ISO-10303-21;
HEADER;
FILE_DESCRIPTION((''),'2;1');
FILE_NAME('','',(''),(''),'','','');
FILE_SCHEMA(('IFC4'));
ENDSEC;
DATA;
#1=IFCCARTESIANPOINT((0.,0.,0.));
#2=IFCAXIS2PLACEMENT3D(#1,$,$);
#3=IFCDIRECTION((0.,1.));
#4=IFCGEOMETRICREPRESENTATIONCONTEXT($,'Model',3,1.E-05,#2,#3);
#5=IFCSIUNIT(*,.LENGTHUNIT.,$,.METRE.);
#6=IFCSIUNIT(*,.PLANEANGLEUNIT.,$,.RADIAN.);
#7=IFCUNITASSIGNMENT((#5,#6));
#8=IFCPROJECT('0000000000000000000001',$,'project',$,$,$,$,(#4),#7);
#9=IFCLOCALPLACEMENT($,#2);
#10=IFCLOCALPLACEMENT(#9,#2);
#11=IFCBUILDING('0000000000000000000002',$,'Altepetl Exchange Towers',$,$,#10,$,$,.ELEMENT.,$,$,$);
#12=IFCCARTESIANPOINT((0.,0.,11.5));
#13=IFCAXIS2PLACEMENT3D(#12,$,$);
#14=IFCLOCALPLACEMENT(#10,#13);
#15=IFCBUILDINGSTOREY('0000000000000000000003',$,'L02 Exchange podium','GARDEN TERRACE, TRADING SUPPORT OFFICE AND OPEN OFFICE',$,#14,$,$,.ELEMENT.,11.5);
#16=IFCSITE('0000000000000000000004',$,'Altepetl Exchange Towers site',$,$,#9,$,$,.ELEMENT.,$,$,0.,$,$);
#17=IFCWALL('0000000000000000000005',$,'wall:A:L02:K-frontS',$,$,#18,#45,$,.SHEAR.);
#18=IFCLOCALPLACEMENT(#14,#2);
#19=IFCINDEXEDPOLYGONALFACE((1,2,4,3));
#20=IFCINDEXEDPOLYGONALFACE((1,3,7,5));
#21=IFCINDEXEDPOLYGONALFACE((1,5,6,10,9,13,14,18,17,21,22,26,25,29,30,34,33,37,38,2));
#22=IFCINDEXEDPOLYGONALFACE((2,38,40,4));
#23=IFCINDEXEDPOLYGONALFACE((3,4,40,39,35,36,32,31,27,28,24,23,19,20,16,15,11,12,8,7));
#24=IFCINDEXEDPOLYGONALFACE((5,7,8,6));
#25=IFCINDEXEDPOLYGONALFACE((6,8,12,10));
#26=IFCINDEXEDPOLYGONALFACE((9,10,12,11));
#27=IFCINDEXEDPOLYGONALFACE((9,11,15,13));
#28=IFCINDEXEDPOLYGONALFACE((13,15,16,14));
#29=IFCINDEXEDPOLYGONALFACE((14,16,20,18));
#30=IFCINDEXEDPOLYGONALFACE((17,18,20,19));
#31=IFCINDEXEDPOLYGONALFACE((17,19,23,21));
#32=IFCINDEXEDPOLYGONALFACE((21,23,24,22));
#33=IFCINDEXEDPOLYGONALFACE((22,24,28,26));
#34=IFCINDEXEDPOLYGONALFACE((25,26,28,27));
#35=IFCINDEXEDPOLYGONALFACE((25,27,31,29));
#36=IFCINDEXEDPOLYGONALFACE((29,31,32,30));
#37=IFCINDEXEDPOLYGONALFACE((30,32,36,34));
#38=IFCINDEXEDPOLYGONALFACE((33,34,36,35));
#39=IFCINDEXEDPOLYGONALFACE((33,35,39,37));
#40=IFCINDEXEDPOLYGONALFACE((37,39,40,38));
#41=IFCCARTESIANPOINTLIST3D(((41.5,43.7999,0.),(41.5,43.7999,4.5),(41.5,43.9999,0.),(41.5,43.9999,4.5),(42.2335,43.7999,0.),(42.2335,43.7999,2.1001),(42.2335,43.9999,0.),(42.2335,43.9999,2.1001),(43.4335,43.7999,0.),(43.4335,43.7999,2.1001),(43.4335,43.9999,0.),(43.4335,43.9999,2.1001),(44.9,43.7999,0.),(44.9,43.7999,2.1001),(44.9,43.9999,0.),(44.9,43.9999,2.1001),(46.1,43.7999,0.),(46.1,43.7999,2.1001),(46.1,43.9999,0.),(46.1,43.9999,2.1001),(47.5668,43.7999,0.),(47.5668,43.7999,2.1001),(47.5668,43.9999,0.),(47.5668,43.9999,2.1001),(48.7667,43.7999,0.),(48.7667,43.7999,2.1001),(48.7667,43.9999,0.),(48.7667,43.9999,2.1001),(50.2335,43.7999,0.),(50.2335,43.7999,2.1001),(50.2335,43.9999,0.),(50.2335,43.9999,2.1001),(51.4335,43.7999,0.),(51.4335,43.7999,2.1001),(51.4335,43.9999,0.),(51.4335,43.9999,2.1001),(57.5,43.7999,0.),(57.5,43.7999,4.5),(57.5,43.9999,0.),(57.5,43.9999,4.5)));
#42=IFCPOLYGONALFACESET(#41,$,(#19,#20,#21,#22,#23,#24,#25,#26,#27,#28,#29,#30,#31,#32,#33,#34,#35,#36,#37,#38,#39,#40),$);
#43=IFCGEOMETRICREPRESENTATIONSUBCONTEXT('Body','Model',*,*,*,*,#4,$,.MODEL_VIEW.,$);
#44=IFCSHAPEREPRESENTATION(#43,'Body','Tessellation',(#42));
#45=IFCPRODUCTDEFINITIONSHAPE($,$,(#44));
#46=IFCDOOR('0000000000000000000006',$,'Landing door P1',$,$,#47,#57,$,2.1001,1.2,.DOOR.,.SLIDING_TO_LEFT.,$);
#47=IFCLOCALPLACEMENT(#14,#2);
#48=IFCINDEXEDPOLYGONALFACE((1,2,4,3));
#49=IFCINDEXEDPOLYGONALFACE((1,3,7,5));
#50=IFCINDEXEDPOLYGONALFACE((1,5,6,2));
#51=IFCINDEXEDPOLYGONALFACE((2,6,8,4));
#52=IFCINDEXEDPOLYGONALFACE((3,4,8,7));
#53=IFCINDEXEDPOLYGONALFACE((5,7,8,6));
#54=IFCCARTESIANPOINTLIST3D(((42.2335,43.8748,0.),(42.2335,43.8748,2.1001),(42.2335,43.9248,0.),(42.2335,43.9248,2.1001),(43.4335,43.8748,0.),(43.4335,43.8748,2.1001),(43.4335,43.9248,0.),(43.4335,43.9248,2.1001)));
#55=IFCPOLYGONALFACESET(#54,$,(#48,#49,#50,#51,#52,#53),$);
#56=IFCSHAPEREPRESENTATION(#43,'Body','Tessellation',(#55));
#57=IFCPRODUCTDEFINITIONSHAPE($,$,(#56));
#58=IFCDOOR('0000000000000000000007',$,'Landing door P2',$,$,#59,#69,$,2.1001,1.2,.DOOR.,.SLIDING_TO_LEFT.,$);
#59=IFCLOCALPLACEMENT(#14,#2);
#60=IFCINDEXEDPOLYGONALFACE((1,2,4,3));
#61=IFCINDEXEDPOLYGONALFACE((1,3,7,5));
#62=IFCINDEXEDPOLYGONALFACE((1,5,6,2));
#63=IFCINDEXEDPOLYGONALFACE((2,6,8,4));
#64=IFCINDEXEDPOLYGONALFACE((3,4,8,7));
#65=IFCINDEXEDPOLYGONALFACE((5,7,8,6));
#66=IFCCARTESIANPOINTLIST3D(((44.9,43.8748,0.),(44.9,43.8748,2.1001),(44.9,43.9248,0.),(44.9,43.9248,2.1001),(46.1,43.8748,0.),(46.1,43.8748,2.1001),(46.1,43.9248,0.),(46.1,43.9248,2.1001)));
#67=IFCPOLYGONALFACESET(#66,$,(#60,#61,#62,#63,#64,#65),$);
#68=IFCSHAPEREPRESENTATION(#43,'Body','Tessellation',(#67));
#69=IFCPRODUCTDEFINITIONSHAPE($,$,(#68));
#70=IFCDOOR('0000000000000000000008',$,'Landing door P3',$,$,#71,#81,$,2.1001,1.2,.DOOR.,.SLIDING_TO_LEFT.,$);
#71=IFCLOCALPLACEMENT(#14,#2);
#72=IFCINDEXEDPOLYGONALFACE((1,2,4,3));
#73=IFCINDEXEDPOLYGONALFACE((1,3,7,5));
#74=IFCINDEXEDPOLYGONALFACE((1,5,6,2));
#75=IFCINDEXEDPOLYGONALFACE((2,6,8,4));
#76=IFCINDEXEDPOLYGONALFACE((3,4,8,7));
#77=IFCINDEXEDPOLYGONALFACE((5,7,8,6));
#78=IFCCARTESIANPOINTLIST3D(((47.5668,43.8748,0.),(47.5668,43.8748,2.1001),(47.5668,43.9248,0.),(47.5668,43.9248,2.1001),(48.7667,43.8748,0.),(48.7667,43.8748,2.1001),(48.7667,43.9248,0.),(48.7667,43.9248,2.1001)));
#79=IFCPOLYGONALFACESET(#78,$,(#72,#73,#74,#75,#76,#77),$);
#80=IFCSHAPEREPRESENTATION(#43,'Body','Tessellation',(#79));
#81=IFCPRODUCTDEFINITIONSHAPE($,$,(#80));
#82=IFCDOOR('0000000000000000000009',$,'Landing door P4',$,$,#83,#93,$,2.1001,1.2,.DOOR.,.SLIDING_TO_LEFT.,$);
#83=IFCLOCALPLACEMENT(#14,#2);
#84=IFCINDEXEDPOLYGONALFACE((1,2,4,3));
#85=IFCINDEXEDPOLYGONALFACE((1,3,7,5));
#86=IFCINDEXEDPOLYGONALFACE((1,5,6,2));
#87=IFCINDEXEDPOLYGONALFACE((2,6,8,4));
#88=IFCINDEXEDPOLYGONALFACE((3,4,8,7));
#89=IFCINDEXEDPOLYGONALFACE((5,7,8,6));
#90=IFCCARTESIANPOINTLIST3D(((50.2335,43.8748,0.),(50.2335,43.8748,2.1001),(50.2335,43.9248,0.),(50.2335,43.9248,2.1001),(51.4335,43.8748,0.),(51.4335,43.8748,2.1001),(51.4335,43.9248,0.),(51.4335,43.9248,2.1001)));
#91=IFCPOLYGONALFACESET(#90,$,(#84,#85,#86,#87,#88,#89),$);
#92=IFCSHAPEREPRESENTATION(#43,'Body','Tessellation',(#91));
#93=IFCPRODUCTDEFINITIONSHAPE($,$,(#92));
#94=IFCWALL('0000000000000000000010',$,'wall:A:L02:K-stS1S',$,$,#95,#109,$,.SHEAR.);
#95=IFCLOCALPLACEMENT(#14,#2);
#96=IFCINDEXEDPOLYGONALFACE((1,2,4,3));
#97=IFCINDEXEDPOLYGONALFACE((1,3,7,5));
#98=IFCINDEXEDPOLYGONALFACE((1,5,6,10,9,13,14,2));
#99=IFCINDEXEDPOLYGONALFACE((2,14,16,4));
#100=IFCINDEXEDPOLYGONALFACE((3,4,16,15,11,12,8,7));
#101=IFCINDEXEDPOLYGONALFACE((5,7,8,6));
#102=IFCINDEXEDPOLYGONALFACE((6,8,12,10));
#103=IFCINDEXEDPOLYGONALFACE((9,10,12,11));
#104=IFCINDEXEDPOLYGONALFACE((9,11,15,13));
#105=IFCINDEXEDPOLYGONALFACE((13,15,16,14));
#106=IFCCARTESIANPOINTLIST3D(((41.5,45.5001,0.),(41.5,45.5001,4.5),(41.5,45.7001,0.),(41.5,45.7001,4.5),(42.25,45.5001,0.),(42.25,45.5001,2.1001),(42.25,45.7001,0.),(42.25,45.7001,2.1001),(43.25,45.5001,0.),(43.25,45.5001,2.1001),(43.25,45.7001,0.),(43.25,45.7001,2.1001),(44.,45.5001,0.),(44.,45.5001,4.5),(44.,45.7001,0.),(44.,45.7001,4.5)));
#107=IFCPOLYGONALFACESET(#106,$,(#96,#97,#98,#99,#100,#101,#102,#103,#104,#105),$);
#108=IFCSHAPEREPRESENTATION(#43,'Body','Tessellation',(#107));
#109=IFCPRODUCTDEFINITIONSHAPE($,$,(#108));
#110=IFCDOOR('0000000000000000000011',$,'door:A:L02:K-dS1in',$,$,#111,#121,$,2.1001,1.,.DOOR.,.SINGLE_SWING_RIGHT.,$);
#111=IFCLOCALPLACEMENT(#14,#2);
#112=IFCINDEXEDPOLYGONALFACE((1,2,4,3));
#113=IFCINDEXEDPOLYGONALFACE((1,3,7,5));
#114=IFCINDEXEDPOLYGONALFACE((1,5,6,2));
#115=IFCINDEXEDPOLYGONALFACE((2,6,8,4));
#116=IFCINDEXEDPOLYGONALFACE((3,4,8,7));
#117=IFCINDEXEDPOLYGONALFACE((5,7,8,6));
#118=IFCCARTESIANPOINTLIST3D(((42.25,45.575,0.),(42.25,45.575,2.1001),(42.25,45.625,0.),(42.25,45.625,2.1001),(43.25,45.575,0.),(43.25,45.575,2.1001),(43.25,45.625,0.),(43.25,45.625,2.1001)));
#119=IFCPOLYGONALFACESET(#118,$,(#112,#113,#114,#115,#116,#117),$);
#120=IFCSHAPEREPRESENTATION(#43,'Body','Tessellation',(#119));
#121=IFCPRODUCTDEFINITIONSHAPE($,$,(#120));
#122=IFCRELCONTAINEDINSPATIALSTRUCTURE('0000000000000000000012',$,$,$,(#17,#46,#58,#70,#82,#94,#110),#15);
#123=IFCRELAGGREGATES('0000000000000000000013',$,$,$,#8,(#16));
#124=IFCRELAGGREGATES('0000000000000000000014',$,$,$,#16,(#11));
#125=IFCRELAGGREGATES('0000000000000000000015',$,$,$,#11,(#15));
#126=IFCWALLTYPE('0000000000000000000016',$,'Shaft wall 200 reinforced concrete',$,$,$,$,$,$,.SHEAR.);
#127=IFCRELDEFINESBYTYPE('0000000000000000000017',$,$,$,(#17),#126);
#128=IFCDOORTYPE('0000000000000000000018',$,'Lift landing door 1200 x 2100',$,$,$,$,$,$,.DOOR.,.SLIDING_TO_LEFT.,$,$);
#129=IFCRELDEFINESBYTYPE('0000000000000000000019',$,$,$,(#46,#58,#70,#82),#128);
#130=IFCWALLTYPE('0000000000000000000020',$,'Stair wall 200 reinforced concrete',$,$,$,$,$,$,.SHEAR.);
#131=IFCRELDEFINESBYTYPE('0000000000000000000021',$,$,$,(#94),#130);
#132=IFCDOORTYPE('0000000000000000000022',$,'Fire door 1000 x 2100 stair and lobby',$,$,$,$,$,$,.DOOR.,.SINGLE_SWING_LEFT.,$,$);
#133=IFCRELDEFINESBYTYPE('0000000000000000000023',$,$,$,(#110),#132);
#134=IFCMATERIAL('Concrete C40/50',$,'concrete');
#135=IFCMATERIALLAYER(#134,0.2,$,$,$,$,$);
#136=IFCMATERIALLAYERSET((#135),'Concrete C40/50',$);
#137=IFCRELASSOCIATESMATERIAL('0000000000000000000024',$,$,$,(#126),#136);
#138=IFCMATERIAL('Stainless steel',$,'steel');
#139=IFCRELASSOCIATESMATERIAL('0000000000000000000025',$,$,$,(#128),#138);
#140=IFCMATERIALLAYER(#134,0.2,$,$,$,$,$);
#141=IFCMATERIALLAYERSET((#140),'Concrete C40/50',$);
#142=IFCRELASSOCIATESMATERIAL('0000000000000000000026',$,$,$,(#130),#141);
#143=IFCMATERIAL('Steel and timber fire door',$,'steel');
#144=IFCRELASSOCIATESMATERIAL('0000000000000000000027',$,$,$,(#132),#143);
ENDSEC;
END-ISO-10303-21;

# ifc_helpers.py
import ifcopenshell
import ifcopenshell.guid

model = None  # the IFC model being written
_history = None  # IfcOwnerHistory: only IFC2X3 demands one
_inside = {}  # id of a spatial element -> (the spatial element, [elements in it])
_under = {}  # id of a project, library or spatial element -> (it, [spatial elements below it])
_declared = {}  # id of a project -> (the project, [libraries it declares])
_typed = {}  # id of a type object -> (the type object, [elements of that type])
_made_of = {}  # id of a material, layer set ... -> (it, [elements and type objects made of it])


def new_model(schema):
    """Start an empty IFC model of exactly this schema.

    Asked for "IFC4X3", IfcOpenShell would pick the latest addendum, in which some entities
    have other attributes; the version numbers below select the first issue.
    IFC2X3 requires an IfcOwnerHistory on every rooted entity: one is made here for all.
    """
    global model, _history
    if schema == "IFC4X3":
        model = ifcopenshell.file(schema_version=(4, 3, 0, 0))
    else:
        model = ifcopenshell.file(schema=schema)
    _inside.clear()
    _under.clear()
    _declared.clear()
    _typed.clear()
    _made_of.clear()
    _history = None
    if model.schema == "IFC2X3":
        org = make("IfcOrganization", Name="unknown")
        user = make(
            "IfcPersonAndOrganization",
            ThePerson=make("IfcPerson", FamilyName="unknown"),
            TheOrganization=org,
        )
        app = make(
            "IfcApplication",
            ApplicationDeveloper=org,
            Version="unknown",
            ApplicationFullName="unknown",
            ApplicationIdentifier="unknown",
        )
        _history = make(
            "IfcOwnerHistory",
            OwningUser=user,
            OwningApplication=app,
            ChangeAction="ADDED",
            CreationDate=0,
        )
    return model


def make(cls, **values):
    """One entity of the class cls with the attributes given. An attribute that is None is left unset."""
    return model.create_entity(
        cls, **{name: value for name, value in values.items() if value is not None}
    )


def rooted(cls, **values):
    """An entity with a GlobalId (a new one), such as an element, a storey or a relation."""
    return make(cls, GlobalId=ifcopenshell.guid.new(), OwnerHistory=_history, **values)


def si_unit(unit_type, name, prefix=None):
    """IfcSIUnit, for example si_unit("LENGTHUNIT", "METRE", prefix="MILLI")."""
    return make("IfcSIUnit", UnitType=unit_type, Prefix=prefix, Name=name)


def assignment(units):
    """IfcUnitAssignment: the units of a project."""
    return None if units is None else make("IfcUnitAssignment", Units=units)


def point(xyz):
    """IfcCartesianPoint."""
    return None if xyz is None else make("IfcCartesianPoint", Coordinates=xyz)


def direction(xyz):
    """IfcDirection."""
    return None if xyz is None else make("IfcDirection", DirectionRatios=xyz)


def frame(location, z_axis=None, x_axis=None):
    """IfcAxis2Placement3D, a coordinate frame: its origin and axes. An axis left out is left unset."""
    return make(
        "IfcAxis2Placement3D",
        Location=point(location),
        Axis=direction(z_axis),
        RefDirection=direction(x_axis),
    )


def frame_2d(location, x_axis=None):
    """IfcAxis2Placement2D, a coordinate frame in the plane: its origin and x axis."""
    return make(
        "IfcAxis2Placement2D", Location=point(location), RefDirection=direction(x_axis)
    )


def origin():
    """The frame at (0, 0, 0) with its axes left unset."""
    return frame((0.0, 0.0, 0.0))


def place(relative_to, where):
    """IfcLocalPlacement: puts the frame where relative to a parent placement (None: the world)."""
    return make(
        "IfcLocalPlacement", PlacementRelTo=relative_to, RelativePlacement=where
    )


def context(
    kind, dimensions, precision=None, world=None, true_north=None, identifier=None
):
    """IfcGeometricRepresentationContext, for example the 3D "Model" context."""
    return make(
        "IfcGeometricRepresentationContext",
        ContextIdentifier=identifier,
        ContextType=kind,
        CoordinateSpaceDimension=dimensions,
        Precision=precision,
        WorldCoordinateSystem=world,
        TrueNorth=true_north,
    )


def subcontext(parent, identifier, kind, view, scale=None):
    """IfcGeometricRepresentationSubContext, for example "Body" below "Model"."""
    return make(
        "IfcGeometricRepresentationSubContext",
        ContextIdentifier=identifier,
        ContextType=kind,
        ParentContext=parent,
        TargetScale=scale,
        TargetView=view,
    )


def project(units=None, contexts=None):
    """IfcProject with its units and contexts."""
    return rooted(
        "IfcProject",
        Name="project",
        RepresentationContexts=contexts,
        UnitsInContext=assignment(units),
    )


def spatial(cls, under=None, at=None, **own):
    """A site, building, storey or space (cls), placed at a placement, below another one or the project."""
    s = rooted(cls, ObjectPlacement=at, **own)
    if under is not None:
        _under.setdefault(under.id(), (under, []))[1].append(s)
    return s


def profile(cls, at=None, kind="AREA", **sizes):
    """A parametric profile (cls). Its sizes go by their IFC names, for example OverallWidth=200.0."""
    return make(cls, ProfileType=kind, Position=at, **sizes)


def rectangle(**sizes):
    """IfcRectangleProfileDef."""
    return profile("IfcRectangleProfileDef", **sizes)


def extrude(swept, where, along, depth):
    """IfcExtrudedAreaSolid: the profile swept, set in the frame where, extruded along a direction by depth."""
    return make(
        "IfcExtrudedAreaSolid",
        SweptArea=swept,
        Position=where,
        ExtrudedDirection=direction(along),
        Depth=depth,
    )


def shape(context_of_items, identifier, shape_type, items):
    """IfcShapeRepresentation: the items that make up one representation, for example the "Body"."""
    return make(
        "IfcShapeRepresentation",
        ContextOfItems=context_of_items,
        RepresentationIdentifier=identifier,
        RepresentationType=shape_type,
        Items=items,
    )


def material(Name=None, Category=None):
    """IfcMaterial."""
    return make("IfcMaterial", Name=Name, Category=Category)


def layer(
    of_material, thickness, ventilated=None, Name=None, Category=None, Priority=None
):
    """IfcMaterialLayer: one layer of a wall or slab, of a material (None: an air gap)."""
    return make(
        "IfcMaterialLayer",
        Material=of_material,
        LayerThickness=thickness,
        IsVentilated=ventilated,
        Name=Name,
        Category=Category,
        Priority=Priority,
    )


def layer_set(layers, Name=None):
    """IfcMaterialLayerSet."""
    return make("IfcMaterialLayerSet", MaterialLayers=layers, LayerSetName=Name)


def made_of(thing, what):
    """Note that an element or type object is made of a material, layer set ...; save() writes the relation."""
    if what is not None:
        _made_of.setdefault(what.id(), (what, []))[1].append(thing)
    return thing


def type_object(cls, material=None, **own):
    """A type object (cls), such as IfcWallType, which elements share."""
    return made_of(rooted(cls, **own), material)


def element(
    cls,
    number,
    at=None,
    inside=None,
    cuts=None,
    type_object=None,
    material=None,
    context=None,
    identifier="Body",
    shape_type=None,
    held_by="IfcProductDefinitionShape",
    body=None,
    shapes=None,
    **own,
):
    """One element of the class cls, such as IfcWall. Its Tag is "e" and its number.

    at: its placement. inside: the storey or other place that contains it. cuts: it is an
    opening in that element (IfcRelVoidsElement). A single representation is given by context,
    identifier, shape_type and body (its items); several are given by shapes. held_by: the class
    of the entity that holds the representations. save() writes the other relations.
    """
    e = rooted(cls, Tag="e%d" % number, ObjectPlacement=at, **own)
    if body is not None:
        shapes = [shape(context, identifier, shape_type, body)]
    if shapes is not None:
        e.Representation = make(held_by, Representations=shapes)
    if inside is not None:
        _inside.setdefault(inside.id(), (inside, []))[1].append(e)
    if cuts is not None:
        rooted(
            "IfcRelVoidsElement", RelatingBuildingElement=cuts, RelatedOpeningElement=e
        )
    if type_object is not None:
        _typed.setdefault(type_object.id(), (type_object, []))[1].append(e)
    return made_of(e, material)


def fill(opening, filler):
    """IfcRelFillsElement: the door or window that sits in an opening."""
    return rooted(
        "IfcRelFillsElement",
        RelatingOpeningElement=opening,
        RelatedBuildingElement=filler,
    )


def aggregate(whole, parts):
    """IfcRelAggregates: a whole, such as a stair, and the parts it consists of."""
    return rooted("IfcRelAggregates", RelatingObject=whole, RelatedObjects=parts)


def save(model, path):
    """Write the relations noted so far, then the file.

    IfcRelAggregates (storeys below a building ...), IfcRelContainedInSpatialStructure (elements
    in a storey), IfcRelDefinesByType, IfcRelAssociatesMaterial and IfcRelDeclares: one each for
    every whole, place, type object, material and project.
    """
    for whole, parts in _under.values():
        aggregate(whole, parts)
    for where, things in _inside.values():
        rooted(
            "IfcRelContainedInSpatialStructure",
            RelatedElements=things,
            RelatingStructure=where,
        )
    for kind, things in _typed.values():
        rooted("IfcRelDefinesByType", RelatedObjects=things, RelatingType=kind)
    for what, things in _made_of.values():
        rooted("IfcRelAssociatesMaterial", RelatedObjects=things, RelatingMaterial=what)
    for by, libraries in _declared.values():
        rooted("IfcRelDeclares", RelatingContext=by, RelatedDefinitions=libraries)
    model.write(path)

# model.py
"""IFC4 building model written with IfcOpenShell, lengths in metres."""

from ifc_helpers import new_model, si_unit, direction, frame, frame_2d, origin, place, context, subcontext, project, spatial, rectangle, extrude, material, layer, layer_set, type_object, element, fill, save


model = new_model("IFC4")

# Units and contexts
model_context = context("Model", 3, precision=1e-05, world=origin(), true_north=direction((0.0, 1.0)))
body_context = subcontext(model_context, "Body", "Model", "MODEL_VIEW")
ifc_project = project(units=[si_unit("LENGTHUNIT", "METRE"), si_unit("PLANEANGLEUNIT", "RADIAN")], contexts=[model_context])

# Site, building, storey
site_placement = place(None, origin())
site = spatial("IfcSite", under=ifc_project, at=site_placement, Name="Altepetl Exchange Towers site", CompositionType="ELEMENT", RefElevation=0.0)
building_placement = place(site_placement, origin())
building = spatial("IfcBuilding", under=site, at=building_placement, Name="Altepetl Exchange Towers", CompositionType="ELEMENT")
storey_placement = place(building_placement, frame((0.0, 0.0, 11.5)))
storey = spatial("IfcBuildingStorey", under=building, at=storey_placement, Name="L02 Exchange podium", Description="GARDEN TERRACE, TRADING SUPPORT OFFICE AND OPEN OFFICE", CompositionType="ELEMENT", Elevation=11.5)

# Shared definitions
ifc_material_1 = material(Name="Steel and timber fire door", Category="steel")

# Wall, openings, doors
ifc_material_2 = material(Name="Concrete C40/50", Category="concrete")
ifc_layer_1 = layer(ifc_material_2, 0.2)
ifc_layer_set_1 = layer_set([ifc_layer_1], Name="Concrete C40/50")
wall_type_1 = type_object("IfcWallType", Name="Shaft wall 200 reinforced concrete", PredefinedType="SHEAR", material=ifc_layer_set_1)
wall_1_placement = place(storey_placement, frame((41.5, 43.8999, 0.0)))
wall_1 = element("IfcWall", 1, at=wall_1_placement, inside=storey, type_object=wall_type_1, Name="wall:A:L02:K-frontS", PredefinedType="SHEAR", context=body_context, shape_type="SweptSolid", body=[
    extrude(rectangle(XDim=16.0, YDim=0.2, at=frame_2d((8.0, 0.0))), origin(), (0.0, 0.0, 1.0), 4.5),
])
opening_1_placement = place(wall_1_placement, frame((0.7334, 0.0, 0.0)))
opening_1 = element("IfcOpeningElement", 2, at=opening_1_placement, cuts=wall_1, PredefinedType="OPENING", context=body_context, shape_type="SweptSolid", body=[
    extrude(rectangle(XDim=1.2, YDim=2.1001, at=frame_2d((0.6001, 1.05))), frame((0.0, 0.1099, 0.0), z_axis=(0.0, -1.0, 0.0), x_axis=(1.0, 0.0, 0.0)), (0.0, 0.0, 1.0), 0.22),
])
opening_2_placement = place(wall_1_placement, frame((3.3999, 0.0, 0.0)))
opening_2 = element("IfcOpeningElement", 3, at=opening_2_placement, cuts=wall_1, PredefinedType="OPENING", context=body_context, shape_type="SweptSolid", body=[
    extrude(rectangle(XDim=1.2, YDim=2.1001, at=frame_2d((0.6001, 1.05))), frame((0.0, 0.1099, 0.0), z_axis=(0.0, -1.0, 0.0), x_axis=(1.0, 0.0, 0.0)), (0.0, 0.0, 1.0), 0.22),
])
opening_3_placement = place(wall_1_placement, frame((6.0667, 0.0, 0.0)))
opening_3 = element("IfcOpeningElement", 4, at=opening_3_placement, cuts=wall_1, PredefinedType="OPENING", context=body_context, shape_type="SweptSolid", body=[
    extrude(rectangle(XDim=1.2, YDim=2.1001, at=frame_2d((0.6001, 1.05))), frame((0.0, 0.1099, 0.0), z_axis=(0.0, -1.0, 0.0), x_axis=(1.0, 0.0, 0.0)), (0.0, 0.0, 1.0), 0.22),
])
opening_4_placement = place(wall_1_placement, frame((8.7334, 0.0, 0.0)))
opening_4 = element("IfcOpeningElement", 5, at=opening_4_placement, cuts=wall_1, PredefinedType="OPENING", context=body_context, shape_type="SweptSolid", body=[
    extrude(rectangle(XDim=1.2, YDim=2.1001, at=frame_2d((0.6001, 1.05))), frame((0.0, 0.1099, 0.0), z_axis=(0.0, -1.0, 0.0), x_axis=(1.0, 0.0, 0.0)), (0.0, 0.0, 1.0), 0.22),
])
ifc_material_3 = material(Name="Stainless steel", Category="steel")
door_type_1 = type_object("IfcDoorType", Name="Lift landing door 1200 x 2100", OperationType="SLIDING_TO_LEFT", PredefinedType="DOOR", material=ifc_material_3)
door_1_placement = place(opening_1_placement, origin())
door_1 = element("IfcDoor", 6, at=door_1_placement, inside=storey, type_object=door_type_1, Name="Landing door P1", OperationType="SLIDING_TO_LEFT", OverallHeight=2.1001, OverallWidth=1.2, PredefinedType="DOOR", context=body_context, shape_type="SweptSolid", body=[
    extrude(rectangle(XDim=1.2, YDim=2.1001, at=frame_2d((0.6001, 1.05))), frame((0.0, 0.0249, 0.0), z_axis=(0.0, -1.0, 0.0), x_axis=(1.0, 0.0, 0.0)), (0.0, 0.0, 1.0), 0.05),
])
fill(opening_1, door_1)
door_2_placement = place(opening_2_placement, origin())
door_2 = element("IfcDoor", 7, at=door_2_placement, inside=storey, type_object=door_type_1, Name="Landing door P2", OperationType="SLIDING_TO_LEFT", OverallHeight=2.1001, OverallWidth=1.2, PredefinedType="DOOR", context=body_context, shape_type="SweptSolid", body=[
    extrude(rectangle(XDim=1.2, YDim=2.1001, at=frame_2d((0.6001, 1.05))), frame((0.0, 0.0249, 0.0), z_axis=(0.0, -1.0, 0.0), x_axis=(1.0, 0.0, 0.0)), (0.0, 0.0, 1.0), 0.05),
])
fill(opening_2, door_2)
door_3_placement = place(opening_3_placement, origin())
door_3 = element("IfcDoor", 8, at=door_3_placement, inside=storey, type_object=door_type_1, Name="Landing door P3", OperationType="SLIDING_TO_LEFT", OverallHeight=2.1001, OverallWidth=1.2, PredefinedType="DOOR", context=body_context, shape_type="SweptSolid", body=[
    extrude(rectangle(XDim=1.2, YDim=2.1001, at=frame_2d((0.6001, 1.05))), frame((0.0, 0.0249, 0.0), z_axis=(0.0, -1.0, 0.0), x_axis=(1.0, 0.0, 0.0)), (0.0, 0.0, 1.0), 0.05),
])
fill(opening_3, door_3)
door_4_placement = place(opening_4_placement, origin())
door_4 = element("IfcDoor", 9, at=door_4_placement, inside=storey, type_object=door_type_1, Name="Landing door P4", OperationType="SLIDING_TO_LEFT", OverallHeight=2.1001, OverallWidth=1.2, PredefinedType="DOOR", context=body_context, shape_type="SweptSolid", body=[
    extrude(rectangle(XDim=1.2, YDim=2.1001, at=frame_2d((0.6001, 1.05))), frame((0.0, 0.0249, 0.0), z_axis=(0.0, -1.0, 0.0), x_axis=(1.0, 0.0, 0.0)), (0.0, 0.0, 1.0), 0.05),
])
fill(opening_4, door_4)

# Wall, opening, door
ifc_layer_2 = layer(ifc_material_2, 0.2)
ifc_layer_set_2 = layer_set([ifc_layer_2], Name="Concrete C40/50")
wall_type_2 = type_object("IfcWallType", Name="Stair wall 200 reinforced concrete", PredefinedType="SHEAR", material=ifc_layer_set_2)
wall_2_placement = place(storey_placement, frame((41.5, 45.6001, 0.0)))
wall_2 = element("IfcWall", 10, at=wall_2_placement, inside=storey, type_object=wall_type_2, Name="wall:A:L02:K-stS1S", PredefinedType="SHEAR", context=body_context, shape_type="SweptSolid", body=[
    extrude(rectangle(XDim=2.5, YDim=0.2, at=frame_2d((1.25, 0.0))), origin(), (0.0, 0.0, 1.0), 4.5),
])
opening_5_placement = place(wall_2_placement, frame((0.75, 0.0, 0.0)))
opening_5 = element("IfcOpeningElement", 11, at=opening_5_placement, cuts=wall_2, PredefinedType="OPENING", context=body_context, shape_type="SweptSolid", body=[
    extrude(rectangle(XDim=1.0, YDim=2.1001, at=frame_2d((0.5, 1.05))), frame((0.0, 0.1099, 0.0), z_axis=(0.0, -1.0, 0.0), x_axis=(1.0, 0.0, 0.0)), (0.0, 0.0, 1.0), 0.22),
])
door_type_2 = type_object("IfcDoorType", Name="Fire door 1000 x 2100 stair and lobby", OperationType="SINGLE_SWING_LEFT", PredefinedType="DOOR", material=ifc_material_1)
door_5_placement = place(opening_5_placement, origin())
door_5 = element("IfcDoor", 12, at=door_5_placement, inside=storey, type_object=door_type_2, Name="door:A:L02:K-dS1in", OperationType="SINGLE_SWING_RIGHT", OverallHeight=2.1001, OverallWidth=1.0, PredefinedType="DOOR", context=body_context, shape_type="SweptSolid", body=[
    extrude(rectangle(XDim=1.0, YDim=2.1001, at=frame_2d((0.5, 1.05))), frame((0.0, 0.0249, 0.0), z_axis=(0.0, -1.0, 0.0), x_axis=(1.0, 0.0, 0.0)), (0.0, 0.0, 1.0), 0.05),
])
fill(opening_5, door_5)

save(model, "model.ifc")
